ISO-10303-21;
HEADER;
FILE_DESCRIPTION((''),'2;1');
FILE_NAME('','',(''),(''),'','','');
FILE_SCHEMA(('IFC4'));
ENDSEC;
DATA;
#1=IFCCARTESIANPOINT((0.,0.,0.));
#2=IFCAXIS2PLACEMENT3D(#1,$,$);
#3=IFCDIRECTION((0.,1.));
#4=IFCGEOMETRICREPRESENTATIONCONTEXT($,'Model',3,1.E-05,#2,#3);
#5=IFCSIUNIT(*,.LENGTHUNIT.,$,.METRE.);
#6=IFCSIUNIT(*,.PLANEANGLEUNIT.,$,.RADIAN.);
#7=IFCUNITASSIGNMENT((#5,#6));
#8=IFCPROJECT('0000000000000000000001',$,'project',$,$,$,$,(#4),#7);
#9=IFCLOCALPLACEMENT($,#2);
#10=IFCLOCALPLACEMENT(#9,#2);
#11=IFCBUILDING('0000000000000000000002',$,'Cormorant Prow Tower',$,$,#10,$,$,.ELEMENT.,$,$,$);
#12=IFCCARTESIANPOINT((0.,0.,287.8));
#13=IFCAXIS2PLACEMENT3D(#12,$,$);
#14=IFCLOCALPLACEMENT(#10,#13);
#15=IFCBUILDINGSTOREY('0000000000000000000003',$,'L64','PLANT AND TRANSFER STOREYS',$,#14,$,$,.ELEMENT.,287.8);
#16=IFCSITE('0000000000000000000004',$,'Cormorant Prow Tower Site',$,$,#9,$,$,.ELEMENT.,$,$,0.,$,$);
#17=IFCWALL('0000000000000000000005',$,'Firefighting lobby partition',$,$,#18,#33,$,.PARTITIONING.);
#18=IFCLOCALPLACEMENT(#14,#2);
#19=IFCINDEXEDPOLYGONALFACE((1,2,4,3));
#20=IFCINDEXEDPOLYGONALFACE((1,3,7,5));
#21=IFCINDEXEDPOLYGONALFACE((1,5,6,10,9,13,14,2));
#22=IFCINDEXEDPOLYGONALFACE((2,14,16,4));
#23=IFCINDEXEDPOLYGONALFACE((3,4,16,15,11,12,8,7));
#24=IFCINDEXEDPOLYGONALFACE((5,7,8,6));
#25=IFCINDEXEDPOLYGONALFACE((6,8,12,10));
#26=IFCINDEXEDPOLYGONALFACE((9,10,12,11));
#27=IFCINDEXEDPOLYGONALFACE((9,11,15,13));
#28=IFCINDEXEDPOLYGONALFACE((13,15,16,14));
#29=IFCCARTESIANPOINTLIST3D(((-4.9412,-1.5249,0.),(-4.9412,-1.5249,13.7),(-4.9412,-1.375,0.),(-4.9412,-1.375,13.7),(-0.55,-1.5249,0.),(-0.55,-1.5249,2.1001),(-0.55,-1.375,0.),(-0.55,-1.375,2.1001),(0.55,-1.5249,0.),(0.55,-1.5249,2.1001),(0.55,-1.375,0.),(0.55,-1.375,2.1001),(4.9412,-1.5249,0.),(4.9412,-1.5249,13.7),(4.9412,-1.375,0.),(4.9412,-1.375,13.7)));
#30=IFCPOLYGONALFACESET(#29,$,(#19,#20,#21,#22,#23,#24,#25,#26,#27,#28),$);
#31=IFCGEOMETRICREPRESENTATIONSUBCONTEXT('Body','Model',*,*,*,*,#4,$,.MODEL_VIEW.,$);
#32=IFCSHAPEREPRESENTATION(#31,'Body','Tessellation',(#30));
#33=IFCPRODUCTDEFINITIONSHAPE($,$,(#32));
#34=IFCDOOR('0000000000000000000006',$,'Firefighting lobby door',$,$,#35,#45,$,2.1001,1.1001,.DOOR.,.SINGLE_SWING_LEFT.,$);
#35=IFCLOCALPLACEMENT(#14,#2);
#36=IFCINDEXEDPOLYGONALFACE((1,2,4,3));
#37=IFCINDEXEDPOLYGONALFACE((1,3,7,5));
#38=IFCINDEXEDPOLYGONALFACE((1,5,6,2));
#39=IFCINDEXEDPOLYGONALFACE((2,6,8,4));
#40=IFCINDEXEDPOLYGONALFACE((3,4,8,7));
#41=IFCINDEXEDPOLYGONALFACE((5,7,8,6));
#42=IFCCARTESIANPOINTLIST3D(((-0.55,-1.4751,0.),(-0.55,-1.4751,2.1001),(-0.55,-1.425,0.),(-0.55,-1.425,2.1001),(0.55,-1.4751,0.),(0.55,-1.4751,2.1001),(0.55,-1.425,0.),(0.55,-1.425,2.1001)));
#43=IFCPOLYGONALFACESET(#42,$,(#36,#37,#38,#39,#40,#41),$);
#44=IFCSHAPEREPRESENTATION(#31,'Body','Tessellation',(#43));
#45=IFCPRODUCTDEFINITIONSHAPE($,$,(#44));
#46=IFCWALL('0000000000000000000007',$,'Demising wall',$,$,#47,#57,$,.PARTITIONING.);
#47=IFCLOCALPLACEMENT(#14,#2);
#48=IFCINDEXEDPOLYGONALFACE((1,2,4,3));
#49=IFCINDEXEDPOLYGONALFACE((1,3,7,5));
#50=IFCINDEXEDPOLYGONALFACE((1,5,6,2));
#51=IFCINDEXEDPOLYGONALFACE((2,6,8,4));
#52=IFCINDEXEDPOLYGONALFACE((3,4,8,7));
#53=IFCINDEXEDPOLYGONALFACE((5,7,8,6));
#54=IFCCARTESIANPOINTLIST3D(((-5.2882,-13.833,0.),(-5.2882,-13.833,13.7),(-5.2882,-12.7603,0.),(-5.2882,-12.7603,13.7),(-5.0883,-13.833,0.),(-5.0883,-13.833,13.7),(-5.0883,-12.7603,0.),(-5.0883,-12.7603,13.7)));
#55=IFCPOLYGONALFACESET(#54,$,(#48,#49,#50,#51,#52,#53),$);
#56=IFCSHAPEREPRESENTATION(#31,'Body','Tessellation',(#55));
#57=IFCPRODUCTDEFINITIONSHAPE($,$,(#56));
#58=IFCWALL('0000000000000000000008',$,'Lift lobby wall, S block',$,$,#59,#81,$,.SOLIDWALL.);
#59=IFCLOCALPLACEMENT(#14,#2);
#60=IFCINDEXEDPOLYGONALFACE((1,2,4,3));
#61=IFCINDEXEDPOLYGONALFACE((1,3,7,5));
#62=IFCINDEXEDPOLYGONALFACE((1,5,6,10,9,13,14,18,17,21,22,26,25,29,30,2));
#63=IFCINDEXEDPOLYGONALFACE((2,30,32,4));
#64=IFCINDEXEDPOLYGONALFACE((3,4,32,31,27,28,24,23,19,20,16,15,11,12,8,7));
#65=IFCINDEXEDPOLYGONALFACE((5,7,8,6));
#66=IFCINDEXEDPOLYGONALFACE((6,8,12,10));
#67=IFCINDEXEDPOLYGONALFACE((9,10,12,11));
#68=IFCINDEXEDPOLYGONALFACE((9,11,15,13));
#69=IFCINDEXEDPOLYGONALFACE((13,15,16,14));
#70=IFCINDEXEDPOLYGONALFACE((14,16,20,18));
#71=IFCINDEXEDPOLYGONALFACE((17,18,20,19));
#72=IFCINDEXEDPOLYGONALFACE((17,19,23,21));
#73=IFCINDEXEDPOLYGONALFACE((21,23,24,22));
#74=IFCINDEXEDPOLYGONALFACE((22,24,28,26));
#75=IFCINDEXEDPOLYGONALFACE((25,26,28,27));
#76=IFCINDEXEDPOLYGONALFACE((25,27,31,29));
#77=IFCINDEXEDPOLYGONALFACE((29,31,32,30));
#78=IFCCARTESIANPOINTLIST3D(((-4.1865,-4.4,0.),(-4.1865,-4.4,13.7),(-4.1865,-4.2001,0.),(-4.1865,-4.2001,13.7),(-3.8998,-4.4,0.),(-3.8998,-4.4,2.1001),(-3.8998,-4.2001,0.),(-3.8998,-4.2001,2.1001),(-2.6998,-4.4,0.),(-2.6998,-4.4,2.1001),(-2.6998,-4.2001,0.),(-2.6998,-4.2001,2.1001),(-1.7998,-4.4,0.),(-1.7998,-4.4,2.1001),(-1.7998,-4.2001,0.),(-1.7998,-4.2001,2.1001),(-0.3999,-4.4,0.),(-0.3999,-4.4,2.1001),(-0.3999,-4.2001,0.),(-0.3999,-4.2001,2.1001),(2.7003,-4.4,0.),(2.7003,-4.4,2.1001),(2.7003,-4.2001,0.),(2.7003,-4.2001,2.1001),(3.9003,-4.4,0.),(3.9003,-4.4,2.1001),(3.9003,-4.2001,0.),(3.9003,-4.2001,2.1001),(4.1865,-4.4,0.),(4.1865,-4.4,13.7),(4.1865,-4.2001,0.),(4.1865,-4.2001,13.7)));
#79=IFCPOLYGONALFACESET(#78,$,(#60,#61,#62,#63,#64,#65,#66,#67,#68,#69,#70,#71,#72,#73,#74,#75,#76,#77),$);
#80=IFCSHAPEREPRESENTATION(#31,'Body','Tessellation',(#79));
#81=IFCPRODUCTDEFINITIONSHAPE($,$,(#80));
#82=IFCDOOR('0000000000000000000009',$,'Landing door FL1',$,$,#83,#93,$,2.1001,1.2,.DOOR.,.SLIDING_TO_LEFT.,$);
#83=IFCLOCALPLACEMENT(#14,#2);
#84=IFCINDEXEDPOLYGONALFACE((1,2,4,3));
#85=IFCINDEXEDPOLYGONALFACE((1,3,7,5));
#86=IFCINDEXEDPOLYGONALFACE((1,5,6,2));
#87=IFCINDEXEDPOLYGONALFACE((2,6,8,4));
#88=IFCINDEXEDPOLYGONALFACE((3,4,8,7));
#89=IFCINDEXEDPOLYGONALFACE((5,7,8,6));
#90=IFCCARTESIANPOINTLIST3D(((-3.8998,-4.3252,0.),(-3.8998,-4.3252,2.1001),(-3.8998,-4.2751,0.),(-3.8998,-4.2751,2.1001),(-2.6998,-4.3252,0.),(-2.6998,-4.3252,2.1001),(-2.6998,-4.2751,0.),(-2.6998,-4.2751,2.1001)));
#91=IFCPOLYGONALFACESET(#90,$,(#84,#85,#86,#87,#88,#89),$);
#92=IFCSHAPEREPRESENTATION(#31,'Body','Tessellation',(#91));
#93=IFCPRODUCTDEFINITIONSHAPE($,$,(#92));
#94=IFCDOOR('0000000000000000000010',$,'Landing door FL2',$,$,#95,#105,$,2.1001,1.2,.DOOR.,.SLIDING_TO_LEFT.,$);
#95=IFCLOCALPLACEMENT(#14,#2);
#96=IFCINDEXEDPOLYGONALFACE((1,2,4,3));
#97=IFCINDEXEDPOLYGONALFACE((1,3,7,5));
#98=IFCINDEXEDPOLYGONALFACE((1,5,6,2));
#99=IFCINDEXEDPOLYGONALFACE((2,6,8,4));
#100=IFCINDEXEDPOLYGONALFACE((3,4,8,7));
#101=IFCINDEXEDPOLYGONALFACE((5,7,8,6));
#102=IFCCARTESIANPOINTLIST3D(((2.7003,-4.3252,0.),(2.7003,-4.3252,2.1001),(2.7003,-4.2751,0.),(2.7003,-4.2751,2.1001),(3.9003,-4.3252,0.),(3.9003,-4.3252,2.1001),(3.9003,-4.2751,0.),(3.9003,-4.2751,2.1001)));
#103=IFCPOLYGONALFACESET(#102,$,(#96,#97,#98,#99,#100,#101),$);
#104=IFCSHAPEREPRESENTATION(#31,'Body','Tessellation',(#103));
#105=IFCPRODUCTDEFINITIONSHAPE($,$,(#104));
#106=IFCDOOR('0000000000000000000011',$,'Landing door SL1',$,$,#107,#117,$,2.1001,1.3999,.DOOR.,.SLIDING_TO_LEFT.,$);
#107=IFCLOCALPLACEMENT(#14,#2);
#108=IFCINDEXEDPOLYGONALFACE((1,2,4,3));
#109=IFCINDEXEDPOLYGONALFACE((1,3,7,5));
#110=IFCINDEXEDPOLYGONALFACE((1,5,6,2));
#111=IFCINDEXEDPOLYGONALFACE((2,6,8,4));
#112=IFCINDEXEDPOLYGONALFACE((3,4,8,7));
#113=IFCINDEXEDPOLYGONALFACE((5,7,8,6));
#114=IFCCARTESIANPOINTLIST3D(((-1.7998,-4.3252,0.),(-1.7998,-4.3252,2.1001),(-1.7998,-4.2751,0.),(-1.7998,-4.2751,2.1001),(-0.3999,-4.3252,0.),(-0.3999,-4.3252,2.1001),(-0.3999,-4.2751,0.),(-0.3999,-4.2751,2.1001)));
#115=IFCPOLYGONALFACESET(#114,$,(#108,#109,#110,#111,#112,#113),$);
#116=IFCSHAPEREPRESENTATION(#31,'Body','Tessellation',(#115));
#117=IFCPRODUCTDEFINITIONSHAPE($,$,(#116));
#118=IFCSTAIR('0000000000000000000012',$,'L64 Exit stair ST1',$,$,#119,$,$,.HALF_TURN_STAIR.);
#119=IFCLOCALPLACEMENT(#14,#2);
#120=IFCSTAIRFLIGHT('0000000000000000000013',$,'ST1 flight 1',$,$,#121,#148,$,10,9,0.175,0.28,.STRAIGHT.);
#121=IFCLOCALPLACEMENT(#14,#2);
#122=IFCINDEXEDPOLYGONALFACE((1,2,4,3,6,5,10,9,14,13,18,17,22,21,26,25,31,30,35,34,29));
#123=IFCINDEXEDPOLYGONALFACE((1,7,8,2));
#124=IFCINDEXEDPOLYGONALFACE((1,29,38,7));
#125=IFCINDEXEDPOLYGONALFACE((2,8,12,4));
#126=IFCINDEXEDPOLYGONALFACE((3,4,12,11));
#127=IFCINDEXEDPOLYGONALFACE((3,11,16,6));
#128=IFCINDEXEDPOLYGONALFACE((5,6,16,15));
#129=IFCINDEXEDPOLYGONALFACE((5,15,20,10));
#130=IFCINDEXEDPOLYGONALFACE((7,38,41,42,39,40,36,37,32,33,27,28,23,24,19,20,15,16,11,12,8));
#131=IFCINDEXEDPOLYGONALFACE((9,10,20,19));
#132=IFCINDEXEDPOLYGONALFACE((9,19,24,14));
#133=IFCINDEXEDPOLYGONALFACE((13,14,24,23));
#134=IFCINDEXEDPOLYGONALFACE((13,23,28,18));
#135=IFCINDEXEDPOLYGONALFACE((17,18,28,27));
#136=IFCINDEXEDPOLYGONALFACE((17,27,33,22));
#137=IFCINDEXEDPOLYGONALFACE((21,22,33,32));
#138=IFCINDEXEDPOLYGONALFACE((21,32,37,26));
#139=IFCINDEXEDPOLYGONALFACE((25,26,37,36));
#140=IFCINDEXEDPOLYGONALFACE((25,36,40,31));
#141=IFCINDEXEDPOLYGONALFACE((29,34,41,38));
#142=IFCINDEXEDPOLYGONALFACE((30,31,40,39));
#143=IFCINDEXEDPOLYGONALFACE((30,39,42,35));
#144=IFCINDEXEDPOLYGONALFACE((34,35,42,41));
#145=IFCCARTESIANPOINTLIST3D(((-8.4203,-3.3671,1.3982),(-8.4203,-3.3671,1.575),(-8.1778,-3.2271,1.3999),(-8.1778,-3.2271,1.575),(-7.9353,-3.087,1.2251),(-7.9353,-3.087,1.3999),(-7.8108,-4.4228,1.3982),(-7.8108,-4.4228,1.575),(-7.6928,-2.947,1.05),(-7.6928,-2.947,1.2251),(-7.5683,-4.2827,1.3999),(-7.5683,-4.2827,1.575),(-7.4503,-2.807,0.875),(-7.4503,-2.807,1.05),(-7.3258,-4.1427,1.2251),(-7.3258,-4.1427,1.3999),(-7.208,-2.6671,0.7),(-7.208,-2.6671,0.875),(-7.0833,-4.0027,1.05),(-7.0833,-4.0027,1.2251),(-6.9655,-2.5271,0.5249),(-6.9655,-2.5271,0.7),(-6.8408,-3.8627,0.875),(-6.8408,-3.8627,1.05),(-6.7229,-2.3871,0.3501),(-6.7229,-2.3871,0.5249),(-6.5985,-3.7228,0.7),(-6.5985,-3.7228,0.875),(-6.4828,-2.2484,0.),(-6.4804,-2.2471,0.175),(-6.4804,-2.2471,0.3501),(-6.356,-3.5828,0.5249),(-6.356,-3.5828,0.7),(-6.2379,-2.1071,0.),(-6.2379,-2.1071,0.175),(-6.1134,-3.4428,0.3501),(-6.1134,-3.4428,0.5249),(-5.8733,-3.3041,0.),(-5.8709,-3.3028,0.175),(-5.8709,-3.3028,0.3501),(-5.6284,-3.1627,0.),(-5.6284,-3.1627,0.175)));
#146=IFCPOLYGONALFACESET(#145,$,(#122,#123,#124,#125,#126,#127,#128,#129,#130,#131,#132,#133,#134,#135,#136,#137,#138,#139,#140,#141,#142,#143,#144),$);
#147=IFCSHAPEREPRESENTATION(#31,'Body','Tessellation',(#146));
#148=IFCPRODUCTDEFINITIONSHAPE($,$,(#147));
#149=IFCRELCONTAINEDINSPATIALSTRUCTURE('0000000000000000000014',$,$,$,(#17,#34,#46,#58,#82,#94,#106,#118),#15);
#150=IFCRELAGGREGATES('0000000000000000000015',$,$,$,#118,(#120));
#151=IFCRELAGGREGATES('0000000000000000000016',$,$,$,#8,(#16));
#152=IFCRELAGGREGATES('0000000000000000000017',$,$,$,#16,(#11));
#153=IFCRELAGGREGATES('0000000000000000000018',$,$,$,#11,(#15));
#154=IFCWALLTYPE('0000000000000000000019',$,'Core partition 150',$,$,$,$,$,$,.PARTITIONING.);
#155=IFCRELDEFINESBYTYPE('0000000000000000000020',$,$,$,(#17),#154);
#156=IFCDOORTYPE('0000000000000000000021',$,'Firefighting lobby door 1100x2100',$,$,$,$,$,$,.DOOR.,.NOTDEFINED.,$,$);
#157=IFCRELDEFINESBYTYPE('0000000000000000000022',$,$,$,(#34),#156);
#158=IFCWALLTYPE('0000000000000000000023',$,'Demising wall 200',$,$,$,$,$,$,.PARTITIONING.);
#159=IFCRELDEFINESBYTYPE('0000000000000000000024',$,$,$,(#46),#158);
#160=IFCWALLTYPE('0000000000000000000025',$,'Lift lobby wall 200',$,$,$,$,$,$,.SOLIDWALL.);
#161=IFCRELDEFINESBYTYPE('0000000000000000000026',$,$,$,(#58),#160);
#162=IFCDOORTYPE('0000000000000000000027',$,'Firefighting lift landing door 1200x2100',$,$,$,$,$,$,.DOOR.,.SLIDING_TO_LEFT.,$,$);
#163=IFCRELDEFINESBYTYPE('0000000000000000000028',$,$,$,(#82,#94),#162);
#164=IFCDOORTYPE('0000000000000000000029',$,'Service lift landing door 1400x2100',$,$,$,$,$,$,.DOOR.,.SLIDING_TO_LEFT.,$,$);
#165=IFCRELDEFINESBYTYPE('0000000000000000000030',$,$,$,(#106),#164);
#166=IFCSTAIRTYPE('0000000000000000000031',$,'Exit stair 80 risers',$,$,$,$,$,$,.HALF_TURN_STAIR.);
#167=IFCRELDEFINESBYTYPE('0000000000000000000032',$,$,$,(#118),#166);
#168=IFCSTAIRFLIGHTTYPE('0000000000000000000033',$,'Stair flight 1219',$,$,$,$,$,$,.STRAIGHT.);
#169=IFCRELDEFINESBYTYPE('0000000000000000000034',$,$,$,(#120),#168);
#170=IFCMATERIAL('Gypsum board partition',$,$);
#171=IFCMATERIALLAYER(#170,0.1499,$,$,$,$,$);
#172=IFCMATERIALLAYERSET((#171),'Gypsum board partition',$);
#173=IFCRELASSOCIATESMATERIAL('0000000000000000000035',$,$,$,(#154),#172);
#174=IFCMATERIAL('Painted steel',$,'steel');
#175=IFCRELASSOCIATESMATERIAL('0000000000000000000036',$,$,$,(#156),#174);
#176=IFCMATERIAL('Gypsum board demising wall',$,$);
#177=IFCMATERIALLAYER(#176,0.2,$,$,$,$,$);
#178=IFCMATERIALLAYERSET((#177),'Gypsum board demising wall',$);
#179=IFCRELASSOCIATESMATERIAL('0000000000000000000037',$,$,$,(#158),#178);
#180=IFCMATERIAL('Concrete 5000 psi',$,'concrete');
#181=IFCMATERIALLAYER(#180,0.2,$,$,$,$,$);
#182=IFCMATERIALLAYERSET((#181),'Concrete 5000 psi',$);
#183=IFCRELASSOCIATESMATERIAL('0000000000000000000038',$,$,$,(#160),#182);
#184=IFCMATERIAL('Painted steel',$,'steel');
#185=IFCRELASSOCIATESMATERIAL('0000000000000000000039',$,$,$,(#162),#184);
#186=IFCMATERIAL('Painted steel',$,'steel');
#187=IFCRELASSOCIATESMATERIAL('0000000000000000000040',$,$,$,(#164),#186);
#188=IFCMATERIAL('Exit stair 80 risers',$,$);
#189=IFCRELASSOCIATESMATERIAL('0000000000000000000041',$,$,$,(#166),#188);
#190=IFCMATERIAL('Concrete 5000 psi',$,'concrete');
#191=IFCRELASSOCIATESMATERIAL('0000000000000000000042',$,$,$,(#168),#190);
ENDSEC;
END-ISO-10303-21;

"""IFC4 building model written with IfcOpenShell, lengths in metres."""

from ifc_helpers import new_model, si_unit, direction, frame, frame_2d, origin, place, context, subcontext, project, spatial, polyline, rectangle, outline, extrude, material, layer, layer_set, type_object, element, fill, aggregate, save


model = new_model("IFC4")

# Units and contexts
model_context = context("Model", 3, precision=1e-05, world=origin(), true_north=direction((0.0, 1.0)))
body_context = subcontext(model_context, "Body", "Model", "MODEL_VIEW")
ifc_project = project(units=[si_unit("LENGTHUNIT", "METRE"), si_unit("PLANEANGLEUNIT", "RADIAN")], contexts=[model_context])

# Site, building, storey
site_placement = place(None, origin())
site = spatial("IfcSite", under=ifc_project, at=site_placement, Name="Cormorant Prow Tower Site", CompositionType="ELEMENT", RefElevation=0.0)
building_placement = place(site_placement, origin())
building = spatial("IfcBuilding", under=site, at=building_placement, Name="Cormorant Prow Tower", CompositionType="ELEMENT")
storey_placement = place(building_placement, frame((0.0, 0.0, 287.8)))
storey = spatial("IfcBuildingStorey", under=building, at=storey_placement, Name="L64", Description="PLANT AND TRANSFER STOREYS", CompositionType="ELEMENT", Elevation=287.8)

# Wall, opening, door
ifc_material_1 = material(Name="Gypsum board partition")
ifc_layer_1 = layer(ifc_material_1, 0.1499)
ifc_layer_set_1 = layer_set([ifc_layer_1], Name="Gypsum board partition")
wall_type_1 = type_object("IfcWallType", Name="Core partition 150", PredefinedType="PARTITIONING", material=ifc_layer_set_1)
wall_1_placement = place(storey_placement, frame((-4.9412, -1.45, 0.0), z_axis=(0.0, 0.0, 1.0), x_axis=(1.0, 0.0, 0.0)))
wall_1 = element("IfcWall", 1, at=wall_1_placement, inside=storey, type_object=wall_type_1, Name="Firefighting lobby partition", PredefinedType="PARTITIONING", context=body_context, shape_type="SweptSolid", body=[
    extrude(rectangle(XDim=9.8823, YDim=0.1499, at=frame_2d((4.9412, 0.0))), origin(), (0.0, 0.0, 1.0), 13.7),
])
opening_1_placement = place(wall_1_placement, frame((4.3911, 0.0, 0.0)))
opening_1 = element("IfcOpeningElement", 2, at=opening_1_placement, cuts=wall_1, PredefinedType="OPENING", context=body_context, shape_type="SweptSolid", body=[
    extrude(rectangle(XDim=1.1001, YDim=2.1001, at=frame_2d((0.55, 1.05))), frame((0.0, 0.085, 0.0), z_axis=(0.0, -1.0, 0.0), x_axis=(1.0, 0.0, 0.0)), (0.0, 0.0, 1.0), 0.1699),
])
ifc_material_2 = material(Name="Painted steel", Category="steel")
door_type_1 = type_object("IfcDoorType", Name="Firefighting lobby door 1100x2100", OperationType="NOTDEFINED", PredefinedType="DOOR", material=ifc_material_2)
door_1_placement = place(opening_1_placement, origin())
door_1 = element("IfcDoor", 3, at=door_1_placement, inside=storey, type_object=door_type_1, Name="Firefighting lobby door", OperationType="SINGLE_SWING_LEFT", OverallHeight=2.1001, OverallWidth=1.1001, PredefinedType="DOOR", context=body_context, shape_type="SweptSolid", body=[
    extrude(rectangle(XDim=1.1001, YDim=2.1001, at=frame_2d((0.55, 1.05))), frame((0.0, 0.0249, 0.0), z_axis=(0.0, -1.0, 0.0), x_axis=(1.0, 0.0, 0.0)), (0.0, 0.0, 1.0), 0.05),
])
fill(opening_1, door_1)

# Wall
ifc_material_3 = material(Name="Gypsum board demising wall")
ifc_layer_2 = layer(ifc_material_3, 0.2)
ifc_layer_set_2 = layer_set([ifc_layer_2], Name="Gypsum board demising wall")
wall_type_2 = type_object("IfcWallType", Name="Demising wall 200", PredefinedType="PARTITIONING", material=ifc_layer_set_2)
wall_2_placement = place(storey_placement, frame((-5.1882, -13.833, 0.0), z_axis=(0.0, 0.0, 1.0), x_axis=(0.0, 1.0, 0.0)))
element("IfcWall", 4, at=wall_2_placement, inside=storey, type_object=wall_type_2, Name="Demising wall", PredefinedType="PARTITIONING", context=body_context, shape_type="SweptSolid", body=[
    extrude(rectangle(XDim=1.0728, YDim=0.2, at=frame_2d((0.5364, 0.0))), origin(), (0.0, 0.0, 1.0), 13.7),
])

# Wall, openings, doors
ifc_material_4 = material(Name="Concrete 5000 psi", Category="concrete")
ifc_layer_3 = layer(ifc_material_4, 0.2)
ifc_layer_set_3 = layer_set([ifc_layer_3], Name="Concrete 5000 psi")
wall_type_3 = type_object("IfcWallType", Name="Lift lobby wall 200", PredefinedType="SOLIDWALL", material=ifc_layer_set_3)
wall_3_placement = place(storey_placement, frame((-4.1865, -4.3, 0.0), z_axis=(0.0, 0.0, 1.0), x_axis=(1.0, 0.0, 0.0)))
wall_3 = element("IfcWall", 5, at=wall_3_placement, inside=storey, type_object=wall_type_3, Name="Lift lobby wall, S block", PredefinedType="SOLIDWALL", context=body_context, shape_type="SweptSolid", body=[
    extrude(rectangle(XDim=8.373, YDim=0.2, at=frame_2d((4.1865, 0.0))), origin(), (0.0, 0.0, 1.0), 13.7),
])
opening_2_placement = place(wall_3_placement, frame((0.2866, 0.0, 0.0)))
opening_2 = element("IfcOpeningElement", 6, at=opening_2_placement, cuts=wall_3, PredefinedType="OPENING", context=body_context, shape_type="SweptSolid", body=[
    extrude(rectangle(XDim=1.2, YDim=2.1001, at=frame_2d((0.6001, 1.05))), frame((0.0, 0.1099, 0.0), z_axis=(0.0, -1.0, 0.0), x_axis=(1.0, 0.0, 0.0)), (0.0, 0.0, 1.0), 0.22),
])
opening_3_placement = place(wall_3_placement, frame((2.3867, 0.0, 0.0)))
opening_3 = element("IfcOpeningElement", 7, at=opening_3_placement, cuts=wall_3, PredefinedType="OPENING", context=body_context, shape_type="SweptSolid", body=[
    extrude(rectangle(XDim=1.3999, YDim=2.1001, at=frame_2d((0.7, 1.05))), frame((0.0, 0.1099, 0.0), z_axis=(0.0, -1.0, 0.0), x_axis=(1.0, 0.0, 0.0)), (0.0, 0.0, 1.0), 0.22),
])
opening_4_placement = place(wall_3_placement, frame((6.8867, 0.0, 0.0)))
opening_4 = element("IfcOpeningElement", 8, at=opening_4_placement, cuts=wall_3, PredefinedType="OPENING", context=body_context, shape_type="SweptSolid", body=[
    extrude(rectangle(XDim=1.2, YDim=2.1001, at=frame_2d((0.6001, 1.05))), frame((0.0, 0.1099, 0.0), z_axis=(0.0, -1.0, 0.0), x_axis=(1.0, 0.0, 0.0)), (0.0, 0.0, 1.0), 0.22),
])
ifc_material_5 = material(Name="Painted steel", Category="steel")
door_type_2 = type_object("IfcDoorType", Name="Firefighting lift landing door 1200x2100", OperationType="SLIDING_TO_LEFT", PredefinedType="DOOR", material=ifc_material_5)
door_2_placement = place(opening_2_placement, origin())
door_2 = element("IfcDoor", 9, at=door_2_placement, inside=storey, type_object=door_type_2, Name="Landing door FL1", OperationType="SLIDING_TO_LEFT", OverallHeight=2.1001, OverallWidth=1.2, PredefinedType="DOOR", context=body_context, shape_type="SweptSolid", body=[
    extrude(rectangle(XDim=1.2, YDim=2.1001, at=frame_2d((0.6001, 1.05))), frame((0.0, 0.0249, 0.0), z_axis=(0.0, -1.0, 0.0), x_axis=(1.0, 0.0, 0.0)), (0.0, 0.0, 1.0), 0.05),
])
fill(opening_2, door_2)
door_3_placement = place(opening_4_placement, origin())
door_3 = element("IfcDoor", 10, at=door_3_placement, inside=storey, type_object=door_type_2, Name="Landing door FL2", OperationType="SLIDING_TO_LEFT", OverallHeight=2.1001, OverallWidth=1.2, PredefinedType="DOOR", context=body_context, shape_type="SweptSolid", body=[
    extrude(rectangle(XDim=1.2, YDim=2.1001, at=frame_2d((0.6001, 1.05))), frame((0.0, 0.0249, 0.0), z_axis=(0.0, -1.0, 0.0), x_axis=(1.0, 0.0, 0.0)), (0.0, 0.0, 1.0), 0.05),
])
fill(opening_4, door_3)
ifc_material_6 = material(Name="Painted steel", Category="steel")
door_type_3 = type_object("IfcDoorType", Name="Service lift landing door 1400x2100", OperationType="SLIDING_TO_LEFT", PredefinedType="DOOR", material=ifc_material_6)
door_4_placement = place(opening_3_placement, origin())
door_4 = element("IfcDoor", 11, at=door_4_placement, inside=storey, type_object=door_type_3, Name="Landing door SL1", OperationType="SLIDING_TO_LEFT", OverallHeight=2.1001, OverallWidth=1.3999, PredefinedType="DOOR", context=body_context, shape_type="SweptSolid", body=[
    extrude(rectangle(XDim=1.3999, YDim=2.1001, at=frame_2d((0.7, 1.05))), frame((0.0, 0.0249, 0.0), z_axis=(0.0, -1.0, 0.0), x_axis=(1.0, 0.0, 0.0)), (0.0, 0.0, 1.0), 0.05),
])
fill(opening_3, door_4)

# Stair, stair flight
ifc_material_7 = material(Name="Exit stair 80 risers")
stair_type = type_object("IfcStairType", Name="Exit stair 80 risers", PredefinedType="HALF_TURN_STAIR", material=ifc_material_7)
stair_placement = place(storey_placement, origin())
stair = element("IfcStair", 12, at=stair_placement, inside=storey, type_object=stair_type, Name="L64 Exit stair ST1", PredefinedType="HALF_TURN_STAIR")
ifc_material_8 = material(Name="Concrete 5000 psi", Category="concrete")
stair_flight_type = type_object("IfcStairFlightType", Name="Stair flight 1219", PredefinedType="STRAIGHT", material=ifc_material_8)
stair_flight_1_placement = place(storey_placement, frame((-5.9331, -2.635, 0.0), z_axis=(0.0, 0.0, 1.0), x_axis=(-0.866025, -0.5, 0.0)))
stair_flight_1 = element("IfcStairFlight", 13, at=stair_flight_1_placement, type_object=stair_flight_type, Name="ST1 flight 1", NumberOfRisers=10, NumberOfTreads=9, PredefinedType="STRAIGHT", RiserHeight=0.175, TreadLength=0.28, context=body_context, shape_type="SweptSolid", body=[
    extrude(outline(polyline([(0.0, 0.0), (0.0, 0.175), (0.28, 0.175), (0.28, 0.3501), (0.5601, 0.3501), (0.5601, 0.5249), (0.8401, 0.5249), (0.8401, 0.7), (1.1201, 0.7), (1.1201, 0.875), (1.3999, 0.875), (1.3999, 1.05), (1.6799, 1.05), (1.6799, 1.2251), (1.96, 1.2251), (1.96, 1.3999), (2.24, 1.3999), (2.24, 1.575), (2.52, 1.575), (2.52, 1.75), (2.52, 1.3982), (0.2827, 0.0), (0.0, 0.0)])), frame((0.0, 0.6094, 0.0), z_axis=(0.0, -1.0, 0.0), x_axis=(1.0, 0.0, 0.0)), (0.0, 0.0, 1.0), 1.219),
])
aggregate(stair, [stair_flight_1])

save(model, "model.ifc")
